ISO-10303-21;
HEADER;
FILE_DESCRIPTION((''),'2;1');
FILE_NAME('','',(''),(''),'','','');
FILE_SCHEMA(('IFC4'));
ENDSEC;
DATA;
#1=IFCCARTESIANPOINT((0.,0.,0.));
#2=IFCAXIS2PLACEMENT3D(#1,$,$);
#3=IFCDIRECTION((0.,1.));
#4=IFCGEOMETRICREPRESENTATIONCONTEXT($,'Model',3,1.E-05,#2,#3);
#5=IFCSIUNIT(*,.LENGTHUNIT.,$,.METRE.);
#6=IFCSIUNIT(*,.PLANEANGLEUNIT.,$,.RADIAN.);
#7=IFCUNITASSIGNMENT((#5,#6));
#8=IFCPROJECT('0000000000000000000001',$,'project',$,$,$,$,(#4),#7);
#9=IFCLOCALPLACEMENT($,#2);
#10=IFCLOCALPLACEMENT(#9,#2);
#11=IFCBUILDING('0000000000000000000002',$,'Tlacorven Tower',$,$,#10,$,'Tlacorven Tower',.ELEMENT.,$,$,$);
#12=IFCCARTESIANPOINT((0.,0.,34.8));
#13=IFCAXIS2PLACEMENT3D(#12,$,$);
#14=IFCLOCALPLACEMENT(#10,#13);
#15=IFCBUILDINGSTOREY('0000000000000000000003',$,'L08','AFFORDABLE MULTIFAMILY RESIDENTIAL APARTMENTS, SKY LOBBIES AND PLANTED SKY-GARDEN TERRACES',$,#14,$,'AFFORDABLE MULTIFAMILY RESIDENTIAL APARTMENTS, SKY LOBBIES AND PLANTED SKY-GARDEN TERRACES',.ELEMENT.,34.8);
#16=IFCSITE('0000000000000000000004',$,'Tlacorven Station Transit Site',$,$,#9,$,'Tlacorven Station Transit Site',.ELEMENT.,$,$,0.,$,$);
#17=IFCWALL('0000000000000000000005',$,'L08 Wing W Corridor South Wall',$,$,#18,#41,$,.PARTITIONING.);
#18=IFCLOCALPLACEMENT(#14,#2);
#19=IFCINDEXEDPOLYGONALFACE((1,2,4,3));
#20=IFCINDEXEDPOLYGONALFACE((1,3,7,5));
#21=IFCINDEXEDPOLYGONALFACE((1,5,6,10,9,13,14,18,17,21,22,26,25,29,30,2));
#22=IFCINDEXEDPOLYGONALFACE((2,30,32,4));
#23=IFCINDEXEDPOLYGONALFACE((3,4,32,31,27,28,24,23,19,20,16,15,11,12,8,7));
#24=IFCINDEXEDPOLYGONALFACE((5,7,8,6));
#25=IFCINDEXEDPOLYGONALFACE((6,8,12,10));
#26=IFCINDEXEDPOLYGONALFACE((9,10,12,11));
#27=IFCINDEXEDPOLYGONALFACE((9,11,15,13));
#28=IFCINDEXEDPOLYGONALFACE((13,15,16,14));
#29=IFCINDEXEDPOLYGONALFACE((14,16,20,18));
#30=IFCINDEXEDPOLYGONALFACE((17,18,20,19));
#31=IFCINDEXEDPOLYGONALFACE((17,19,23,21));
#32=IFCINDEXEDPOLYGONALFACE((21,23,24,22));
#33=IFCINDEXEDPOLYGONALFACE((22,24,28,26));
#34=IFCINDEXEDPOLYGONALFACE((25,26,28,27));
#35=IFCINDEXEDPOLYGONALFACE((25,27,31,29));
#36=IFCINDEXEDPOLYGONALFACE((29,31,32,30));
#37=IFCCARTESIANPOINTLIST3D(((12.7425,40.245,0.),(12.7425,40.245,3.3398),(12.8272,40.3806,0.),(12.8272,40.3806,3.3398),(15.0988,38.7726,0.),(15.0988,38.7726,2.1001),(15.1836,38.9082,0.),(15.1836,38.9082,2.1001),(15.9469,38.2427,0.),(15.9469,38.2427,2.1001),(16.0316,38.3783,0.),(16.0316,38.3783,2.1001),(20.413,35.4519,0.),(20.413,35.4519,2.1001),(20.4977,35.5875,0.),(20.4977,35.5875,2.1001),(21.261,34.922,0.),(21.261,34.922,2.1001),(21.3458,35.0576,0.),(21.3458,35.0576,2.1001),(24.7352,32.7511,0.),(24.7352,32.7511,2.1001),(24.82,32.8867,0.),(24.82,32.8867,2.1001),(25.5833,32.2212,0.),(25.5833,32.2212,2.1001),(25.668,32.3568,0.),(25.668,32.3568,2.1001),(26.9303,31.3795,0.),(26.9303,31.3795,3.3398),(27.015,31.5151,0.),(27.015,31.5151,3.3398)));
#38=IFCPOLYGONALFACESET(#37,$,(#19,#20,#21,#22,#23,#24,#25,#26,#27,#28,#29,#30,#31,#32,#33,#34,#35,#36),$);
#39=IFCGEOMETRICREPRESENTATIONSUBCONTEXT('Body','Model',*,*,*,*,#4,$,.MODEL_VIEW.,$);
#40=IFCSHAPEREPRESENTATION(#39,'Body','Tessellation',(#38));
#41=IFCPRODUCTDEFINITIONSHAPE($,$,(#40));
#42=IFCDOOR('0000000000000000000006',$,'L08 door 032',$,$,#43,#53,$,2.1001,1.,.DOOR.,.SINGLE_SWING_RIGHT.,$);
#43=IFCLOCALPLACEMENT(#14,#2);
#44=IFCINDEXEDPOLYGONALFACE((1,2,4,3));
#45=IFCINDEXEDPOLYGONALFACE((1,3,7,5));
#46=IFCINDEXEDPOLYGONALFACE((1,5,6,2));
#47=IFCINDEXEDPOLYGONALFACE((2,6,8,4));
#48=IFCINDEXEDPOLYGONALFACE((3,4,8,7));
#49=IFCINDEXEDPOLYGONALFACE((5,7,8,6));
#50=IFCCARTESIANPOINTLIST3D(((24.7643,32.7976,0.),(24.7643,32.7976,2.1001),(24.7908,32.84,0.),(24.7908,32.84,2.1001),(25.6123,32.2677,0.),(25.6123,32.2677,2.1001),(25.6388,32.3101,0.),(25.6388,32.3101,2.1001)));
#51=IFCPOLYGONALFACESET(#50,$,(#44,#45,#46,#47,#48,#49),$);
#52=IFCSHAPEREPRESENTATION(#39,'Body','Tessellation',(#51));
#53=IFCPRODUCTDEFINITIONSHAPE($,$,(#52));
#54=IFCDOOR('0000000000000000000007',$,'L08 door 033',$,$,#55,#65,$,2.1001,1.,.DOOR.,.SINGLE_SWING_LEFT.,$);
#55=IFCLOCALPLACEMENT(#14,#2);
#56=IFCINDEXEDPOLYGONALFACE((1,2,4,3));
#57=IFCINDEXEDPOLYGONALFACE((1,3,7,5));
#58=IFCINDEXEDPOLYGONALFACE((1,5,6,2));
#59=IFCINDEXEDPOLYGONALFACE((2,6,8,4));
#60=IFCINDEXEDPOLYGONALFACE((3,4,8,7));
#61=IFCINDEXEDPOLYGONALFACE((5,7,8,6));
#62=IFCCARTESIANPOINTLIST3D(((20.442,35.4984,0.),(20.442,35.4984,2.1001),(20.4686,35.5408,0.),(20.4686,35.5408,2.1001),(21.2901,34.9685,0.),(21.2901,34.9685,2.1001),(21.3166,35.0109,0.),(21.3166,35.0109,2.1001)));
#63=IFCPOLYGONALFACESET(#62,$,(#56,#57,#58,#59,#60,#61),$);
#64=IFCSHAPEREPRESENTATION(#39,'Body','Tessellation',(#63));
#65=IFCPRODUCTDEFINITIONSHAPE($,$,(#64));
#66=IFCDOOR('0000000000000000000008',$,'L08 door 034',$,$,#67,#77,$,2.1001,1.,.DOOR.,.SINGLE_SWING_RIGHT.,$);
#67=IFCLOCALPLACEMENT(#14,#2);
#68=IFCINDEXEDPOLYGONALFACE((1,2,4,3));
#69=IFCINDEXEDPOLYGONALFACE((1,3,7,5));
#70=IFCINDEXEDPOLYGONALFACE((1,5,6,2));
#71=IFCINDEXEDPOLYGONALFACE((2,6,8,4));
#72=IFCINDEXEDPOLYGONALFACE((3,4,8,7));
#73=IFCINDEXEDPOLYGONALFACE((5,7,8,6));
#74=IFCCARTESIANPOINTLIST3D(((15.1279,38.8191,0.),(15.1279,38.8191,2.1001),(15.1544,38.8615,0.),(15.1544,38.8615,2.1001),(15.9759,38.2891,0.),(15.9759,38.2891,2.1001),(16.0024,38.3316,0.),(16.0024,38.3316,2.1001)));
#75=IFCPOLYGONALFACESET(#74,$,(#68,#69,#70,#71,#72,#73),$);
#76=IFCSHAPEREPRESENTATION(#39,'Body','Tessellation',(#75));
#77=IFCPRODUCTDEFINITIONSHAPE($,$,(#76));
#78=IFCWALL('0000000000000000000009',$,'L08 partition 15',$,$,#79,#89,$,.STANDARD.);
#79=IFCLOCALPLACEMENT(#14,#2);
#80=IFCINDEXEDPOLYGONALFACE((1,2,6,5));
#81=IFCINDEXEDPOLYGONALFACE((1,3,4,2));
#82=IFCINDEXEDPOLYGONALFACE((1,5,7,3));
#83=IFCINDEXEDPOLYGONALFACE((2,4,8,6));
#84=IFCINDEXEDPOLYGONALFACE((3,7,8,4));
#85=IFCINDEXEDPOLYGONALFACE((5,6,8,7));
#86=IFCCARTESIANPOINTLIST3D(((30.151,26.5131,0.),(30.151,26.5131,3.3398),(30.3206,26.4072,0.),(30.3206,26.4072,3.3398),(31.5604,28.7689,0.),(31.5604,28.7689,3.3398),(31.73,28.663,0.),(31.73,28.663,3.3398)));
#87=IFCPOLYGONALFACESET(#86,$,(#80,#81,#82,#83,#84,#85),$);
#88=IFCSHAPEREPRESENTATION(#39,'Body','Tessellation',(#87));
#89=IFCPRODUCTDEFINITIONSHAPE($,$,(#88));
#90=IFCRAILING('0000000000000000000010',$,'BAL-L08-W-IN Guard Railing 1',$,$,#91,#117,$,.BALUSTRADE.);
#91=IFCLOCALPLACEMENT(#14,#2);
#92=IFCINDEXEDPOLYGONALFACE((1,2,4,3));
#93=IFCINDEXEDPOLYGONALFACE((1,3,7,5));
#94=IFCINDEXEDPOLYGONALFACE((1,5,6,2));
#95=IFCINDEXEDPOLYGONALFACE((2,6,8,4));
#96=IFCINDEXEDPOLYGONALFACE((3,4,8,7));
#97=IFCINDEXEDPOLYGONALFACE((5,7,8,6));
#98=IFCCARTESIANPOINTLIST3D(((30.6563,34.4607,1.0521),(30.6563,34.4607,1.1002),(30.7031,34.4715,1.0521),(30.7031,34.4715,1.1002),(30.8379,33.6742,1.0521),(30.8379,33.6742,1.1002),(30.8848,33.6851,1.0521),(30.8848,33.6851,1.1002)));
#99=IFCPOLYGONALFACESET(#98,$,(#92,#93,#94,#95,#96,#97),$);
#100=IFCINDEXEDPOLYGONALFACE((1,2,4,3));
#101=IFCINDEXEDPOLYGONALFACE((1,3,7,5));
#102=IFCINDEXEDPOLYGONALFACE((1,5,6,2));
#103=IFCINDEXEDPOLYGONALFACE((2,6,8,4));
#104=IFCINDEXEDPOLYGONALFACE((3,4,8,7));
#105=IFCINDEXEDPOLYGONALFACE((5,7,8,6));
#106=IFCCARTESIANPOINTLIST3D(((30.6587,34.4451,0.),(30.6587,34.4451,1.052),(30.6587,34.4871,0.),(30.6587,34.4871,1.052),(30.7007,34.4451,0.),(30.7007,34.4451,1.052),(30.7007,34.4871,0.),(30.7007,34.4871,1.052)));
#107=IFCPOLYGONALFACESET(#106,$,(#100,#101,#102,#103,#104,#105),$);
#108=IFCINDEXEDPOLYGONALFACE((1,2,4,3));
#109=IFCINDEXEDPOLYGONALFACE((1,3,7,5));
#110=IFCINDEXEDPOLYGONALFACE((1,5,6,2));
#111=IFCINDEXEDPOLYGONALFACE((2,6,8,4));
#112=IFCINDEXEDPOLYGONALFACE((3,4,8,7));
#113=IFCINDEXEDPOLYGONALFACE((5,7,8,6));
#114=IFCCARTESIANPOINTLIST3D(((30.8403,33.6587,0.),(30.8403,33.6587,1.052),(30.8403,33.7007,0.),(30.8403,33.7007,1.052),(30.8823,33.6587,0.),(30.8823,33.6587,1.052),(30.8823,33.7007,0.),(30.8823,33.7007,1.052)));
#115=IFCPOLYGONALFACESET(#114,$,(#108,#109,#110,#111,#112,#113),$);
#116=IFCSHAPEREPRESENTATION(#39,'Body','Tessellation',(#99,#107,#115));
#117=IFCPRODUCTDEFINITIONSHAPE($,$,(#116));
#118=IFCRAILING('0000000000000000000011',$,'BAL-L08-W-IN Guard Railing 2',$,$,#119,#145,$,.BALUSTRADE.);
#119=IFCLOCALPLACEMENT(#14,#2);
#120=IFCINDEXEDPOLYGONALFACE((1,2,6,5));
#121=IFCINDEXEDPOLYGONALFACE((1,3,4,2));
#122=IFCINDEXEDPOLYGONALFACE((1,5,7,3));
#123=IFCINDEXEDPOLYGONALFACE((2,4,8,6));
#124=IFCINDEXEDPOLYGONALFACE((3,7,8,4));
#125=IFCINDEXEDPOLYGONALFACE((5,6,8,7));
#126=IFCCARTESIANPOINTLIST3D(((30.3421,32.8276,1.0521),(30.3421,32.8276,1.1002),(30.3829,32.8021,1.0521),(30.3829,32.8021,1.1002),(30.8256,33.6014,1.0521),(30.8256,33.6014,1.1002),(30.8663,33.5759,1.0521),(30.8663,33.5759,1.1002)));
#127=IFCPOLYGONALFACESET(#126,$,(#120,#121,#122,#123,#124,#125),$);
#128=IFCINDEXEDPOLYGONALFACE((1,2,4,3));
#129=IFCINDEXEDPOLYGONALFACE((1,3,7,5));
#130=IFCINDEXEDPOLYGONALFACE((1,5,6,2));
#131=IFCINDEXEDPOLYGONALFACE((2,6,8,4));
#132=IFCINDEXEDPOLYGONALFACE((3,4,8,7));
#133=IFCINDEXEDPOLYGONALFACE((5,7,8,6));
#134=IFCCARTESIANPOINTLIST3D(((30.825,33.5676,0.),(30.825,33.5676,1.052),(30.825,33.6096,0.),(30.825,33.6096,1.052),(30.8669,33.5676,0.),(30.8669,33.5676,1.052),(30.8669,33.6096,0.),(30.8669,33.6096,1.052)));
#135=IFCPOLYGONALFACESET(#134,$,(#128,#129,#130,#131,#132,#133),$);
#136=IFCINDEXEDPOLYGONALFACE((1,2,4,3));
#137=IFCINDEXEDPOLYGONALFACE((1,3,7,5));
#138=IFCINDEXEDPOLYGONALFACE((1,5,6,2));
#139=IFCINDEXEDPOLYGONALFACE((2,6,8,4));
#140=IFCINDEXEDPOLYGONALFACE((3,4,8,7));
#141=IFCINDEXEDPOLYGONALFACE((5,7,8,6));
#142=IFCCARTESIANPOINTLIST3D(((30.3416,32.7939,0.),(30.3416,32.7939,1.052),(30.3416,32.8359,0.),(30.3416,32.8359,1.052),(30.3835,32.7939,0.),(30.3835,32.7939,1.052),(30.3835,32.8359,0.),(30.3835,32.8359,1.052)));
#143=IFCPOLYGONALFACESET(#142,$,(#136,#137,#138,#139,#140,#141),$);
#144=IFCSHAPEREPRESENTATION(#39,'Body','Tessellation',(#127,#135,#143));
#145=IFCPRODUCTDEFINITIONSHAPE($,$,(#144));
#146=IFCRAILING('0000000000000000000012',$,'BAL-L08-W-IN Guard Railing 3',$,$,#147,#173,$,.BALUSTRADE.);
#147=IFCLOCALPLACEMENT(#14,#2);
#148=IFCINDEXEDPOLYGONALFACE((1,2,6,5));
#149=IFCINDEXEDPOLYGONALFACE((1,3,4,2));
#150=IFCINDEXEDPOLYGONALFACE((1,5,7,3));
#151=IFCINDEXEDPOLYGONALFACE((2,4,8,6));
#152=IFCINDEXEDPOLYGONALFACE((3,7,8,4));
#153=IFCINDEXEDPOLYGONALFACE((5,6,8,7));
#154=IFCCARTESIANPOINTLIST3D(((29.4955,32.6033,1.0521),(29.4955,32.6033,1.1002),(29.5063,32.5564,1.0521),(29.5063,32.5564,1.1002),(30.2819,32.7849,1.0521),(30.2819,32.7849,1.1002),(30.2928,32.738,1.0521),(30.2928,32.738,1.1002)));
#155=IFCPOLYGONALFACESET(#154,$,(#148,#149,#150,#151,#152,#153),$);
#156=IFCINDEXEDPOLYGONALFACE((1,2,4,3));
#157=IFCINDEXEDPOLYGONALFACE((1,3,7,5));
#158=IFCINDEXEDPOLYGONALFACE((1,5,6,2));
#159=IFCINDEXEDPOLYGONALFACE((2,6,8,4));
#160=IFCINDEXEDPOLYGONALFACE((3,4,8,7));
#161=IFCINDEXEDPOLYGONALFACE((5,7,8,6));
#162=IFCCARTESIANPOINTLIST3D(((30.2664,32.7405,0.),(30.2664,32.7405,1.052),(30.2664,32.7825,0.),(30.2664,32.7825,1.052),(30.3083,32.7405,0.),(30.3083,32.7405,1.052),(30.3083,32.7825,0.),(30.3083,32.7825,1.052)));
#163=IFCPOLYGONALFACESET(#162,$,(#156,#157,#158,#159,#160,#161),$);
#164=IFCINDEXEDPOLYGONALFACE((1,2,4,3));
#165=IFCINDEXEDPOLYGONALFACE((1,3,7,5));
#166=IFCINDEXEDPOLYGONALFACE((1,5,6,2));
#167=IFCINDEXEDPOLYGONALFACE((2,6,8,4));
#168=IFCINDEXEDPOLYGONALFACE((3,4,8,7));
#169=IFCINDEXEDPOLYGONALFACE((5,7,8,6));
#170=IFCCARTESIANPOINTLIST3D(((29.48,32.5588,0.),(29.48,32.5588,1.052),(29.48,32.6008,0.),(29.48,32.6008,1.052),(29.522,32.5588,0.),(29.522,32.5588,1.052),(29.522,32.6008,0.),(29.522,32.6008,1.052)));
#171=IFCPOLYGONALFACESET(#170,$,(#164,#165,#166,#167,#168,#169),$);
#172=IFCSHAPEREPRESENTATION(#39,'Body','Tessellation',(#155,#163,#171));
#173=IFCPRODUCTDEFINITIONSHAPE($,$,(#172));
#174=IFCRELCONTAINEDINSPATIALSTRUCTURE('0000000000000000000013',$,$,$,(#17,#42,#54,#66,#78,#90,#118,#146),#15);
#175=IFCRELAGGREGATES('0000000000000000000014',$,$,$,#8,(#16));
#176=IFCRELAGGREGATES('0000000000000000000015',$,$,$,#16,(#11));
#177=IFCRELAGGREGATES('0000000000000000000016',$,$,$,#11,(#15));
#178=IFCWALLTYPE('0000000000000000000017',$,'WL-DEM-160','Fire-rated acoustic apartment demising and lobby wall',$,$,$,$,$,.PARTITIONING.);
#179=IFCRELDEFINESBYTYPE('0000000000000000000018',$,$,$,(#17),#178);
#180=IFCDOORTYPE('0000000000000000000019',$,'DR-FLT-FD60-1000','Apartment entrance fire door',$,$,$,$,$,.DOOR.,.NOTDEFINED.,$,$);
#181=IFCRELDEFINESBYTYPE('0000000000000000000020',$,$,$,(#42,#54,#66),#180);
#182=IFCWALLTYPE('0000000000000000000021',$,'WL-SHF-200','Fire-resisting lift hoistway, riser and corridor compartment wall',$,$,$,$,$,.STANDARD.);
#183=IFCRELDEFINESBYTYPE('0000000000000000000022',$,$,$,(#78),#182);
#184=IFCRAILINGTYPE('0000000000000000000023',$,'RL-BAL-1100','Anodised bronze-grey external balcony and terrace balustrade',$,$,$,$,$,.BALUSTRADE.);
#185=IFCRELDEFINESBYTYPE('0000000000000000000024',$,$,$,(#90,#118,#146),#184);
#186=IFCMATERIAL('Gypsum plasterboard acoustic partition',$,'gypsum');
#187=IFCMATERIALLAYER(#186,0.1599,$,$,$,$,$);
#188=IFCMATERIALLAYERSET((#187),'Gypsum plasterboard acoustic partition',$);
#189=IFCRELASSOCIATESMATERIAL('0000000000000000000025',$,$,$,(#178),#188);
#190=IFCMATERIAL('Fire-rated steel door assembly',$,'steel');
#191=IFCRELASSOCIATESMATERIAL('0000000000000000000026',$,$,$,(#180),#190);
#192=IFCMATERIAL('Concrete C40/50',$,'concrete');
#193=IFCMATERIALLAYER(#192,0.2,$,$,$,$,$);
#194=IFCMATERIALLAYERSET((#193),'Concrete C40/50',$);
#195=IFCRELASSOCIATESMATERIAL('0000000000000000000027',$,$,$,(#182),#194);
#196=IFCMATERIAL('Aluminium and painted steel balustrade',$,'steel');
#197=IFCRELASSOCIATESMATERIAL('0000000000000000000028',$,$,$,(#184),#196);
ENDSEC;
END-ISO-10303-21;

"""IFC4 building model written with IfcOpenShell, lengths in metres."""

from ifc_helpers import new_model, si_unit, direction, frame, frame_2d, origin, origin_2d, place, context, subcontext, project, spatial, rectangle, extrude, source, transform, mapped, material, layer, layer_set, type_object, element, fill, save


model = new_model("IFC4")

# Units and contexts
model_context = context("Model", 3, precision=1e-05, world=origin(), true_north=direction((0.0, 1.0)))
body_context = subcontext(model_context, "Body", "Model", "MODEL_VIEW")
ifc_project = project(units=[si_unit("LENGTHUNIT", "METRE"), si_unit("PLANEANGLEUNIT", "RADIAN")], contexts=[model_context])

# Site, building, storey
site_placement = place(None, origin())
site = spatial("IfcSite", under=ifc_project, at=site_placement, Name="Tlacorven Station Transit Site", LongName="Tlacorven Station Transit Site", CompositionType="ELEMENT", RefElevation=0.0)
building_placement = place(site_placement, origin())
building = spatial("IfcBuilding", under=site, at=building_placement, Name="Tlacorven Tower", LongName="Tlacorven Tower", CompositionType="ELEMENT")
storey_placement = place(building_placement, frame((0.0, 0.0, 34.8)))
storey = spatial("IfcBuildingStorey", under=building, at=storey_placement, Name="L08", Description="AFFORDABLE MULTIFAMILY RESIDENTIAL APARTMENTS, SKY LOBBIES AND PLANTED SKY-GARDEN TERRACES", LongName="AFFORDABLE MULTIFAMILY RESIDENTIAL APARTMENTS, SKY LOBBIES AND PLANTED SKY-GARDEN TERRACES", CompositionType="ELEMENT", Elevation=34.8)

# Shared definitions
ifc_material_1 = material(Name="Gypsum plasterboard acoustic partition", Category="gypsum")
ifc_layer_1 = layer(ifc_material_1, 0.1599)
ifc_layer_set_1 = layer_set([ifc_layer_1], Name="Gypsum plasterboard acoustic partition")
wall_type_1 = type_object("IfcWallType", Name="WL-DEM-160", Description="Fire-rated acoustic apartment demising and lobby wall", PredefinedType="PARTITIONING", material=ifc_layer_set_1)

# Wall, openings, doors
wall_1_placement = place(storey_placement, frame((26.9727, 31.4473, 0.0), z_axis=(0.0, 0.0, 1.0), x_axis=(-0.848048, 0.529919, 0.0)))
wall_1 = element("IfcWall", 1, at=wall_1_placement, inside=storey, type_object=wall_type_1, Name="L08 Wing W Corridor South Wall", PredefinedType="PARTITIONING", context=body_context, shape_type="SweptSolid", body=[
    extrude(rectangle(XDim=16.73, YDim=0.1599, at=frame_2d((8.365, 0.0))), origin(), (0.0, 0.0, 1.0), 3.3398),
])
opening_1_placement = place(wall_1_placement, frame((1.5884, 0.0, 0.0)))
opening_1 = element("IfcOpeningElement", 2, at=opening_1_placement, cuts=wall_1, PredefinedType="OPENING", context=body_context, shape_type="SweptSolid", body=[
    extrude(rectangle(XDim=1.0, YDim=2.1001, at=frame_2d((0.5, 1.05))), frame((0.0, 0.0898, 0.0), z_axis=(0.0, -1.0, 0.0), x_axis=(1.0, 0.0, 0.0)), (0.0, 0.0, 1.0), 0.1799),
])
opening_2_placement = place(wall_1_placement, frame((6.6851, 0.0, 0.0)))
opening_2 = element("IfcOpeningElement", 3, at=opening_2_placement, cuts=wall_1, PredefinedType="OPENING", context=body_context, shape_type="SweptSolid", body=[
    extrude(rectangle(XDim=1.0, YDim=2.1001, at=frame_2d((0.5, 1.05))), frame((0.0, 0.0898, 0.0), z_axis=(0.0, -1.0, 0.0), x_axis=(1.0, 0.0, 0.0)), (0.0, 0.0, 1.0), 0.1799),
])
opening_3_placement = place(wall_1_placement, frame((12.9514, 0.0, 0.0)))
opening_3 = element("IfcOpeningElement", 4, at=opening_3_placement, cuts=wall_1, PredefinedType="OPENING", context=body_context, shape_type="SweptSolid", body=[
    extrude(rectangle(XDim=1.0, YDim=2.1001, at=frame_2d((0.5, 1.05))), frame((0.0, 0.0898, 0.0), z_axis=(0.0, -1.0, 0.0), x_axis=(1.0, 0.0, 0.0)), (0.0, 0.0, 1.0), 0.1799),
])
ifc_material_2 = material(Name="Fire-rated steel door assembly", Category="steel")
door_type = type_object("IfcDoorType", Name="DR-FLT-FD60-1000", Description="Apartment entrance fire door", OperationType="NOTDEFINED", PredefinedType="DOOR", material=ifc_material_2)
shared_shape_1 = source(origin(), body_context, "Body", "SweptSolid", [
    extrude(rectangle(XDim=1.0, YDim=2.1001, at=frame_2d((0.5, 1.05))), frame((0.0, 0.0249, 0.0), z_axis=(0.0, -1.0, 0.0), x_axis=(1.0, 0.0, 0.0)), (0.0, 0.0, 1.0), 0.05),
])
door_1_placement = place(opening_1_placement, frame((1.0, 0.0, 0.0), z_axis=(0.0, 0.0, 1.0), x_axis=(-1.0, 0.0, 0.0)))
door_1 = element("IfcDoor", 5, at=door_1_placement, inside=storey, type_object=door_type, Name="L08 door 032", OperationType="SINGLE_SWING_RIGHT", OverallHeight=2.1001, OverallWidth=1.0, PredefinedType="DOOR", context=body_context, shape_type="MappedRepresentation", body=[
    mapped(shared_shape_1, transform((0.0, 0.0, 0.0), scale=1.0)),
])
fill(opening_1, door_1)
door_2_placement = place(opening_2_placement, frame((1.0, 0.0, 0.0), z_axis=(0.0, 0.0, 1.0), x_axis=(-1.0, 0.0, 0.0)))
door_2 = element("IfcDoor", 6, at=door_2_placement, inside=storey, type_object=door_type, Name="L08 door 033", OperationType="SINGLE_SWING_LEFT", OverallHeight=2.1001, OverallWidth=1.0, PredefinedType="DOOR", context=body_context, shape_type="MappedRepresentation", body=[
    mapped(shared_shape_1, transform((0.0, 0.0, 0.0), scale=1.0)),
])
fill(opening_2, door_2)
door_3_placement = place(opening_3_placement, frame((1.0, 0.0, 0.0), z_axis=(0.0, 0.0, 1.0), x_axis=(-1.0, 0.0, 0.0)))
door_3 = element("IfcDoor", 7, at=door_3_placement, inside=storey, type_object=door_type, Name="L08 door 034", OperationType="SINGLE_SWING_RIGHT", OverallHeight=2.1001, OverallWidth=1.0, PredefinedType="DOOR", context=body_context, shape_type="MappedRepresentation", body=[
    mapped(shared_shape_1, transform((0.0, 0.0, 0.0), scale=1.0)),
])
fill(opening_3, door_3)

# Wall
ifc_material_3 = material(Name="Concrete C40/50", Category="concrete")
ifc_layer_2 = layer(ifc_material_3, 0.2)
ifc_layer_set_2 = layer_set([ifc_layer_2], Name="Concrete C40/50")
wall_type_2 = type_object("IfcWallType", Name="WL-SHF-200", Description="Fire-resisting lift hoistway, riser and corridor compartment wall", PredefinedType="STANDARD", material=ifc_layer_set_2)
wall_2_placement = place(storey_placement, frame((31.6453, 28.7161, 0.0), z_axis=(0.0, 0.0, 1.0), x_axis=(-0.529867, -0.848081, 0.0)))
element("IfcWall", 8, at=wall_2_placement, inside=storey, type_object=wall_type_2, Name="L08 partition 15", PredefinedType="STANDARD", context=body_context, shape_type="SweptSolid", body=[
    extrude(rectangle(XDim=2.6599, YDim=0.2, at=frame_2d((1.3301, 0.0))), origin(), (0.0, 0.0, 1.0), 3.3398),
])

# Railings
ifc_material_4 = material(Name="Aluminium and painted steel balustrade", Category="steel")
railing_type = type_object("IfcRailingType", Name="RL-BAL-1100", Description="Anodised bronze-grey external balcony and terrace balustrade", PredefinedType="BALUSTRADE", material=ifc_material_4)
shared_shape_2 = source(origin(), body_context, "Body", "SweptSolid", [
    extrude(rectangle(XDim=0.0481, YDim=0.0481, at=origin_2d()), frame((0.0, 0.0, 1.0762), z_axis=(0.225058, -0.974345, 0.0), x_axis=(0.974345, 0.225058, 0.0)), (0.0, 0.0, 1.0), 0.8071),
    extrude(rectangle(XDim=0.042, YDim=0.042, at=origin_2d()), origin(), (0.0, 0.0, 1.0), 1.052),
    extrude(rectangle(XDim=0.042, YDim=0.042, at=origin_2d()), frame((0.1816, -0.7864, 0.0)), (0.0, 0.0, 1.0), 1.052),
])
railing_1_placement = place(storey_placement, frame((30.6797, 34.4661, 0.0)))
element("IfcRailing", 9, at=railing_1_placement, inside=storey, type_object=railing_type, Name="BAL-L08-W-IN Guard Railing 1", PredefinedType="BALUSTRADE", context=body_context, shape_type="MappedRepresentation", body=[
    mapped(shared_shape_2, transform((0.0, 0.0, 0.0), scale=1.0)),
])
shared_shape_3 = source(origin(), body_context, "Body", "SweptSolid", [
    extrude(rectangle(XDim=0.0481, YDim=0.0481, at=origin_2d()), frame((0.0, 0.0, 1.0762), z_axis=(-0.529879, -0.848073, 0.0), x_axis=(0.848073, -0.529879, 0.0)), (0.0, 0.0, 1.0), 0.9124),
    extrude(rectangle(XDim=0.042, YDim=0.042, at=origin_2d()), origin(), (0.0, 0.0, 1.0), 1.052),
    extrude(rectangle(XDim=0.042, YDim=0.042, at=origin_2d()), frame((-0.4834, -0.7737, 0.0)), (0.0, 0.0, 1.0), 1.052),
])
railing_2_placement = place(storey_placement, frame((30.8459, 33.5886, 0.0)))
element("IfcRailing", 10, at=railing_2_placement, inside=storey, type_object=railing_type, Name="BAL-L08-W-IN Guard Railing 2", PredefinedType="BALUSTRADE", context=body_context, shape_type="MappedRepresentation", body=[
    mapped(shared_shape_3, transform((0.0, 0.0, 0.0), scale=1.0)),
])
shared_shape_4 = source(origin(), body_context, "Body", "SweptSolid", [
    extrude(rectangle(XDim=0.0481, YDim=0.0481, at=origin_2d()), frame((0.0, 0.0, 1.0762), z_axis=(-0.974345, -0.225058, 0.0), x_axis=(0.225058, -0.974345, 0.0)), (0.0, 0.0, 1.0), 0.8071),
    extrude(rectangle(XDim=0.042, YDim=0.042, at=origin_2d()), origin(), (0.0, 0.0, 1.0), 1.052),
    extrude(rectangle(XDim=0.042, YDim=0.042, at=origin_2d()), frame((-0.7864, -0.1816, 0.0)), (0.0, 0.0, 1.0), 1.052),
])
railing_3_placement = place(storey_placement, frame((30.2874, 32.7615, 0.0)))
element("IfcRailing", 11, at=railing_3_placement, inside=storey, type_object=railing_type, Name="BAL-L08-W-IN Guard Railing 3", PredefinedType="BALUSTRADE", context=body_context, shape_type="MappedRepresentation", body=[
    mapped(shared_shape_4, transform((0.0, 0.0, 0.0), scale=1.0)),
])

save(model, "model.ifc")
